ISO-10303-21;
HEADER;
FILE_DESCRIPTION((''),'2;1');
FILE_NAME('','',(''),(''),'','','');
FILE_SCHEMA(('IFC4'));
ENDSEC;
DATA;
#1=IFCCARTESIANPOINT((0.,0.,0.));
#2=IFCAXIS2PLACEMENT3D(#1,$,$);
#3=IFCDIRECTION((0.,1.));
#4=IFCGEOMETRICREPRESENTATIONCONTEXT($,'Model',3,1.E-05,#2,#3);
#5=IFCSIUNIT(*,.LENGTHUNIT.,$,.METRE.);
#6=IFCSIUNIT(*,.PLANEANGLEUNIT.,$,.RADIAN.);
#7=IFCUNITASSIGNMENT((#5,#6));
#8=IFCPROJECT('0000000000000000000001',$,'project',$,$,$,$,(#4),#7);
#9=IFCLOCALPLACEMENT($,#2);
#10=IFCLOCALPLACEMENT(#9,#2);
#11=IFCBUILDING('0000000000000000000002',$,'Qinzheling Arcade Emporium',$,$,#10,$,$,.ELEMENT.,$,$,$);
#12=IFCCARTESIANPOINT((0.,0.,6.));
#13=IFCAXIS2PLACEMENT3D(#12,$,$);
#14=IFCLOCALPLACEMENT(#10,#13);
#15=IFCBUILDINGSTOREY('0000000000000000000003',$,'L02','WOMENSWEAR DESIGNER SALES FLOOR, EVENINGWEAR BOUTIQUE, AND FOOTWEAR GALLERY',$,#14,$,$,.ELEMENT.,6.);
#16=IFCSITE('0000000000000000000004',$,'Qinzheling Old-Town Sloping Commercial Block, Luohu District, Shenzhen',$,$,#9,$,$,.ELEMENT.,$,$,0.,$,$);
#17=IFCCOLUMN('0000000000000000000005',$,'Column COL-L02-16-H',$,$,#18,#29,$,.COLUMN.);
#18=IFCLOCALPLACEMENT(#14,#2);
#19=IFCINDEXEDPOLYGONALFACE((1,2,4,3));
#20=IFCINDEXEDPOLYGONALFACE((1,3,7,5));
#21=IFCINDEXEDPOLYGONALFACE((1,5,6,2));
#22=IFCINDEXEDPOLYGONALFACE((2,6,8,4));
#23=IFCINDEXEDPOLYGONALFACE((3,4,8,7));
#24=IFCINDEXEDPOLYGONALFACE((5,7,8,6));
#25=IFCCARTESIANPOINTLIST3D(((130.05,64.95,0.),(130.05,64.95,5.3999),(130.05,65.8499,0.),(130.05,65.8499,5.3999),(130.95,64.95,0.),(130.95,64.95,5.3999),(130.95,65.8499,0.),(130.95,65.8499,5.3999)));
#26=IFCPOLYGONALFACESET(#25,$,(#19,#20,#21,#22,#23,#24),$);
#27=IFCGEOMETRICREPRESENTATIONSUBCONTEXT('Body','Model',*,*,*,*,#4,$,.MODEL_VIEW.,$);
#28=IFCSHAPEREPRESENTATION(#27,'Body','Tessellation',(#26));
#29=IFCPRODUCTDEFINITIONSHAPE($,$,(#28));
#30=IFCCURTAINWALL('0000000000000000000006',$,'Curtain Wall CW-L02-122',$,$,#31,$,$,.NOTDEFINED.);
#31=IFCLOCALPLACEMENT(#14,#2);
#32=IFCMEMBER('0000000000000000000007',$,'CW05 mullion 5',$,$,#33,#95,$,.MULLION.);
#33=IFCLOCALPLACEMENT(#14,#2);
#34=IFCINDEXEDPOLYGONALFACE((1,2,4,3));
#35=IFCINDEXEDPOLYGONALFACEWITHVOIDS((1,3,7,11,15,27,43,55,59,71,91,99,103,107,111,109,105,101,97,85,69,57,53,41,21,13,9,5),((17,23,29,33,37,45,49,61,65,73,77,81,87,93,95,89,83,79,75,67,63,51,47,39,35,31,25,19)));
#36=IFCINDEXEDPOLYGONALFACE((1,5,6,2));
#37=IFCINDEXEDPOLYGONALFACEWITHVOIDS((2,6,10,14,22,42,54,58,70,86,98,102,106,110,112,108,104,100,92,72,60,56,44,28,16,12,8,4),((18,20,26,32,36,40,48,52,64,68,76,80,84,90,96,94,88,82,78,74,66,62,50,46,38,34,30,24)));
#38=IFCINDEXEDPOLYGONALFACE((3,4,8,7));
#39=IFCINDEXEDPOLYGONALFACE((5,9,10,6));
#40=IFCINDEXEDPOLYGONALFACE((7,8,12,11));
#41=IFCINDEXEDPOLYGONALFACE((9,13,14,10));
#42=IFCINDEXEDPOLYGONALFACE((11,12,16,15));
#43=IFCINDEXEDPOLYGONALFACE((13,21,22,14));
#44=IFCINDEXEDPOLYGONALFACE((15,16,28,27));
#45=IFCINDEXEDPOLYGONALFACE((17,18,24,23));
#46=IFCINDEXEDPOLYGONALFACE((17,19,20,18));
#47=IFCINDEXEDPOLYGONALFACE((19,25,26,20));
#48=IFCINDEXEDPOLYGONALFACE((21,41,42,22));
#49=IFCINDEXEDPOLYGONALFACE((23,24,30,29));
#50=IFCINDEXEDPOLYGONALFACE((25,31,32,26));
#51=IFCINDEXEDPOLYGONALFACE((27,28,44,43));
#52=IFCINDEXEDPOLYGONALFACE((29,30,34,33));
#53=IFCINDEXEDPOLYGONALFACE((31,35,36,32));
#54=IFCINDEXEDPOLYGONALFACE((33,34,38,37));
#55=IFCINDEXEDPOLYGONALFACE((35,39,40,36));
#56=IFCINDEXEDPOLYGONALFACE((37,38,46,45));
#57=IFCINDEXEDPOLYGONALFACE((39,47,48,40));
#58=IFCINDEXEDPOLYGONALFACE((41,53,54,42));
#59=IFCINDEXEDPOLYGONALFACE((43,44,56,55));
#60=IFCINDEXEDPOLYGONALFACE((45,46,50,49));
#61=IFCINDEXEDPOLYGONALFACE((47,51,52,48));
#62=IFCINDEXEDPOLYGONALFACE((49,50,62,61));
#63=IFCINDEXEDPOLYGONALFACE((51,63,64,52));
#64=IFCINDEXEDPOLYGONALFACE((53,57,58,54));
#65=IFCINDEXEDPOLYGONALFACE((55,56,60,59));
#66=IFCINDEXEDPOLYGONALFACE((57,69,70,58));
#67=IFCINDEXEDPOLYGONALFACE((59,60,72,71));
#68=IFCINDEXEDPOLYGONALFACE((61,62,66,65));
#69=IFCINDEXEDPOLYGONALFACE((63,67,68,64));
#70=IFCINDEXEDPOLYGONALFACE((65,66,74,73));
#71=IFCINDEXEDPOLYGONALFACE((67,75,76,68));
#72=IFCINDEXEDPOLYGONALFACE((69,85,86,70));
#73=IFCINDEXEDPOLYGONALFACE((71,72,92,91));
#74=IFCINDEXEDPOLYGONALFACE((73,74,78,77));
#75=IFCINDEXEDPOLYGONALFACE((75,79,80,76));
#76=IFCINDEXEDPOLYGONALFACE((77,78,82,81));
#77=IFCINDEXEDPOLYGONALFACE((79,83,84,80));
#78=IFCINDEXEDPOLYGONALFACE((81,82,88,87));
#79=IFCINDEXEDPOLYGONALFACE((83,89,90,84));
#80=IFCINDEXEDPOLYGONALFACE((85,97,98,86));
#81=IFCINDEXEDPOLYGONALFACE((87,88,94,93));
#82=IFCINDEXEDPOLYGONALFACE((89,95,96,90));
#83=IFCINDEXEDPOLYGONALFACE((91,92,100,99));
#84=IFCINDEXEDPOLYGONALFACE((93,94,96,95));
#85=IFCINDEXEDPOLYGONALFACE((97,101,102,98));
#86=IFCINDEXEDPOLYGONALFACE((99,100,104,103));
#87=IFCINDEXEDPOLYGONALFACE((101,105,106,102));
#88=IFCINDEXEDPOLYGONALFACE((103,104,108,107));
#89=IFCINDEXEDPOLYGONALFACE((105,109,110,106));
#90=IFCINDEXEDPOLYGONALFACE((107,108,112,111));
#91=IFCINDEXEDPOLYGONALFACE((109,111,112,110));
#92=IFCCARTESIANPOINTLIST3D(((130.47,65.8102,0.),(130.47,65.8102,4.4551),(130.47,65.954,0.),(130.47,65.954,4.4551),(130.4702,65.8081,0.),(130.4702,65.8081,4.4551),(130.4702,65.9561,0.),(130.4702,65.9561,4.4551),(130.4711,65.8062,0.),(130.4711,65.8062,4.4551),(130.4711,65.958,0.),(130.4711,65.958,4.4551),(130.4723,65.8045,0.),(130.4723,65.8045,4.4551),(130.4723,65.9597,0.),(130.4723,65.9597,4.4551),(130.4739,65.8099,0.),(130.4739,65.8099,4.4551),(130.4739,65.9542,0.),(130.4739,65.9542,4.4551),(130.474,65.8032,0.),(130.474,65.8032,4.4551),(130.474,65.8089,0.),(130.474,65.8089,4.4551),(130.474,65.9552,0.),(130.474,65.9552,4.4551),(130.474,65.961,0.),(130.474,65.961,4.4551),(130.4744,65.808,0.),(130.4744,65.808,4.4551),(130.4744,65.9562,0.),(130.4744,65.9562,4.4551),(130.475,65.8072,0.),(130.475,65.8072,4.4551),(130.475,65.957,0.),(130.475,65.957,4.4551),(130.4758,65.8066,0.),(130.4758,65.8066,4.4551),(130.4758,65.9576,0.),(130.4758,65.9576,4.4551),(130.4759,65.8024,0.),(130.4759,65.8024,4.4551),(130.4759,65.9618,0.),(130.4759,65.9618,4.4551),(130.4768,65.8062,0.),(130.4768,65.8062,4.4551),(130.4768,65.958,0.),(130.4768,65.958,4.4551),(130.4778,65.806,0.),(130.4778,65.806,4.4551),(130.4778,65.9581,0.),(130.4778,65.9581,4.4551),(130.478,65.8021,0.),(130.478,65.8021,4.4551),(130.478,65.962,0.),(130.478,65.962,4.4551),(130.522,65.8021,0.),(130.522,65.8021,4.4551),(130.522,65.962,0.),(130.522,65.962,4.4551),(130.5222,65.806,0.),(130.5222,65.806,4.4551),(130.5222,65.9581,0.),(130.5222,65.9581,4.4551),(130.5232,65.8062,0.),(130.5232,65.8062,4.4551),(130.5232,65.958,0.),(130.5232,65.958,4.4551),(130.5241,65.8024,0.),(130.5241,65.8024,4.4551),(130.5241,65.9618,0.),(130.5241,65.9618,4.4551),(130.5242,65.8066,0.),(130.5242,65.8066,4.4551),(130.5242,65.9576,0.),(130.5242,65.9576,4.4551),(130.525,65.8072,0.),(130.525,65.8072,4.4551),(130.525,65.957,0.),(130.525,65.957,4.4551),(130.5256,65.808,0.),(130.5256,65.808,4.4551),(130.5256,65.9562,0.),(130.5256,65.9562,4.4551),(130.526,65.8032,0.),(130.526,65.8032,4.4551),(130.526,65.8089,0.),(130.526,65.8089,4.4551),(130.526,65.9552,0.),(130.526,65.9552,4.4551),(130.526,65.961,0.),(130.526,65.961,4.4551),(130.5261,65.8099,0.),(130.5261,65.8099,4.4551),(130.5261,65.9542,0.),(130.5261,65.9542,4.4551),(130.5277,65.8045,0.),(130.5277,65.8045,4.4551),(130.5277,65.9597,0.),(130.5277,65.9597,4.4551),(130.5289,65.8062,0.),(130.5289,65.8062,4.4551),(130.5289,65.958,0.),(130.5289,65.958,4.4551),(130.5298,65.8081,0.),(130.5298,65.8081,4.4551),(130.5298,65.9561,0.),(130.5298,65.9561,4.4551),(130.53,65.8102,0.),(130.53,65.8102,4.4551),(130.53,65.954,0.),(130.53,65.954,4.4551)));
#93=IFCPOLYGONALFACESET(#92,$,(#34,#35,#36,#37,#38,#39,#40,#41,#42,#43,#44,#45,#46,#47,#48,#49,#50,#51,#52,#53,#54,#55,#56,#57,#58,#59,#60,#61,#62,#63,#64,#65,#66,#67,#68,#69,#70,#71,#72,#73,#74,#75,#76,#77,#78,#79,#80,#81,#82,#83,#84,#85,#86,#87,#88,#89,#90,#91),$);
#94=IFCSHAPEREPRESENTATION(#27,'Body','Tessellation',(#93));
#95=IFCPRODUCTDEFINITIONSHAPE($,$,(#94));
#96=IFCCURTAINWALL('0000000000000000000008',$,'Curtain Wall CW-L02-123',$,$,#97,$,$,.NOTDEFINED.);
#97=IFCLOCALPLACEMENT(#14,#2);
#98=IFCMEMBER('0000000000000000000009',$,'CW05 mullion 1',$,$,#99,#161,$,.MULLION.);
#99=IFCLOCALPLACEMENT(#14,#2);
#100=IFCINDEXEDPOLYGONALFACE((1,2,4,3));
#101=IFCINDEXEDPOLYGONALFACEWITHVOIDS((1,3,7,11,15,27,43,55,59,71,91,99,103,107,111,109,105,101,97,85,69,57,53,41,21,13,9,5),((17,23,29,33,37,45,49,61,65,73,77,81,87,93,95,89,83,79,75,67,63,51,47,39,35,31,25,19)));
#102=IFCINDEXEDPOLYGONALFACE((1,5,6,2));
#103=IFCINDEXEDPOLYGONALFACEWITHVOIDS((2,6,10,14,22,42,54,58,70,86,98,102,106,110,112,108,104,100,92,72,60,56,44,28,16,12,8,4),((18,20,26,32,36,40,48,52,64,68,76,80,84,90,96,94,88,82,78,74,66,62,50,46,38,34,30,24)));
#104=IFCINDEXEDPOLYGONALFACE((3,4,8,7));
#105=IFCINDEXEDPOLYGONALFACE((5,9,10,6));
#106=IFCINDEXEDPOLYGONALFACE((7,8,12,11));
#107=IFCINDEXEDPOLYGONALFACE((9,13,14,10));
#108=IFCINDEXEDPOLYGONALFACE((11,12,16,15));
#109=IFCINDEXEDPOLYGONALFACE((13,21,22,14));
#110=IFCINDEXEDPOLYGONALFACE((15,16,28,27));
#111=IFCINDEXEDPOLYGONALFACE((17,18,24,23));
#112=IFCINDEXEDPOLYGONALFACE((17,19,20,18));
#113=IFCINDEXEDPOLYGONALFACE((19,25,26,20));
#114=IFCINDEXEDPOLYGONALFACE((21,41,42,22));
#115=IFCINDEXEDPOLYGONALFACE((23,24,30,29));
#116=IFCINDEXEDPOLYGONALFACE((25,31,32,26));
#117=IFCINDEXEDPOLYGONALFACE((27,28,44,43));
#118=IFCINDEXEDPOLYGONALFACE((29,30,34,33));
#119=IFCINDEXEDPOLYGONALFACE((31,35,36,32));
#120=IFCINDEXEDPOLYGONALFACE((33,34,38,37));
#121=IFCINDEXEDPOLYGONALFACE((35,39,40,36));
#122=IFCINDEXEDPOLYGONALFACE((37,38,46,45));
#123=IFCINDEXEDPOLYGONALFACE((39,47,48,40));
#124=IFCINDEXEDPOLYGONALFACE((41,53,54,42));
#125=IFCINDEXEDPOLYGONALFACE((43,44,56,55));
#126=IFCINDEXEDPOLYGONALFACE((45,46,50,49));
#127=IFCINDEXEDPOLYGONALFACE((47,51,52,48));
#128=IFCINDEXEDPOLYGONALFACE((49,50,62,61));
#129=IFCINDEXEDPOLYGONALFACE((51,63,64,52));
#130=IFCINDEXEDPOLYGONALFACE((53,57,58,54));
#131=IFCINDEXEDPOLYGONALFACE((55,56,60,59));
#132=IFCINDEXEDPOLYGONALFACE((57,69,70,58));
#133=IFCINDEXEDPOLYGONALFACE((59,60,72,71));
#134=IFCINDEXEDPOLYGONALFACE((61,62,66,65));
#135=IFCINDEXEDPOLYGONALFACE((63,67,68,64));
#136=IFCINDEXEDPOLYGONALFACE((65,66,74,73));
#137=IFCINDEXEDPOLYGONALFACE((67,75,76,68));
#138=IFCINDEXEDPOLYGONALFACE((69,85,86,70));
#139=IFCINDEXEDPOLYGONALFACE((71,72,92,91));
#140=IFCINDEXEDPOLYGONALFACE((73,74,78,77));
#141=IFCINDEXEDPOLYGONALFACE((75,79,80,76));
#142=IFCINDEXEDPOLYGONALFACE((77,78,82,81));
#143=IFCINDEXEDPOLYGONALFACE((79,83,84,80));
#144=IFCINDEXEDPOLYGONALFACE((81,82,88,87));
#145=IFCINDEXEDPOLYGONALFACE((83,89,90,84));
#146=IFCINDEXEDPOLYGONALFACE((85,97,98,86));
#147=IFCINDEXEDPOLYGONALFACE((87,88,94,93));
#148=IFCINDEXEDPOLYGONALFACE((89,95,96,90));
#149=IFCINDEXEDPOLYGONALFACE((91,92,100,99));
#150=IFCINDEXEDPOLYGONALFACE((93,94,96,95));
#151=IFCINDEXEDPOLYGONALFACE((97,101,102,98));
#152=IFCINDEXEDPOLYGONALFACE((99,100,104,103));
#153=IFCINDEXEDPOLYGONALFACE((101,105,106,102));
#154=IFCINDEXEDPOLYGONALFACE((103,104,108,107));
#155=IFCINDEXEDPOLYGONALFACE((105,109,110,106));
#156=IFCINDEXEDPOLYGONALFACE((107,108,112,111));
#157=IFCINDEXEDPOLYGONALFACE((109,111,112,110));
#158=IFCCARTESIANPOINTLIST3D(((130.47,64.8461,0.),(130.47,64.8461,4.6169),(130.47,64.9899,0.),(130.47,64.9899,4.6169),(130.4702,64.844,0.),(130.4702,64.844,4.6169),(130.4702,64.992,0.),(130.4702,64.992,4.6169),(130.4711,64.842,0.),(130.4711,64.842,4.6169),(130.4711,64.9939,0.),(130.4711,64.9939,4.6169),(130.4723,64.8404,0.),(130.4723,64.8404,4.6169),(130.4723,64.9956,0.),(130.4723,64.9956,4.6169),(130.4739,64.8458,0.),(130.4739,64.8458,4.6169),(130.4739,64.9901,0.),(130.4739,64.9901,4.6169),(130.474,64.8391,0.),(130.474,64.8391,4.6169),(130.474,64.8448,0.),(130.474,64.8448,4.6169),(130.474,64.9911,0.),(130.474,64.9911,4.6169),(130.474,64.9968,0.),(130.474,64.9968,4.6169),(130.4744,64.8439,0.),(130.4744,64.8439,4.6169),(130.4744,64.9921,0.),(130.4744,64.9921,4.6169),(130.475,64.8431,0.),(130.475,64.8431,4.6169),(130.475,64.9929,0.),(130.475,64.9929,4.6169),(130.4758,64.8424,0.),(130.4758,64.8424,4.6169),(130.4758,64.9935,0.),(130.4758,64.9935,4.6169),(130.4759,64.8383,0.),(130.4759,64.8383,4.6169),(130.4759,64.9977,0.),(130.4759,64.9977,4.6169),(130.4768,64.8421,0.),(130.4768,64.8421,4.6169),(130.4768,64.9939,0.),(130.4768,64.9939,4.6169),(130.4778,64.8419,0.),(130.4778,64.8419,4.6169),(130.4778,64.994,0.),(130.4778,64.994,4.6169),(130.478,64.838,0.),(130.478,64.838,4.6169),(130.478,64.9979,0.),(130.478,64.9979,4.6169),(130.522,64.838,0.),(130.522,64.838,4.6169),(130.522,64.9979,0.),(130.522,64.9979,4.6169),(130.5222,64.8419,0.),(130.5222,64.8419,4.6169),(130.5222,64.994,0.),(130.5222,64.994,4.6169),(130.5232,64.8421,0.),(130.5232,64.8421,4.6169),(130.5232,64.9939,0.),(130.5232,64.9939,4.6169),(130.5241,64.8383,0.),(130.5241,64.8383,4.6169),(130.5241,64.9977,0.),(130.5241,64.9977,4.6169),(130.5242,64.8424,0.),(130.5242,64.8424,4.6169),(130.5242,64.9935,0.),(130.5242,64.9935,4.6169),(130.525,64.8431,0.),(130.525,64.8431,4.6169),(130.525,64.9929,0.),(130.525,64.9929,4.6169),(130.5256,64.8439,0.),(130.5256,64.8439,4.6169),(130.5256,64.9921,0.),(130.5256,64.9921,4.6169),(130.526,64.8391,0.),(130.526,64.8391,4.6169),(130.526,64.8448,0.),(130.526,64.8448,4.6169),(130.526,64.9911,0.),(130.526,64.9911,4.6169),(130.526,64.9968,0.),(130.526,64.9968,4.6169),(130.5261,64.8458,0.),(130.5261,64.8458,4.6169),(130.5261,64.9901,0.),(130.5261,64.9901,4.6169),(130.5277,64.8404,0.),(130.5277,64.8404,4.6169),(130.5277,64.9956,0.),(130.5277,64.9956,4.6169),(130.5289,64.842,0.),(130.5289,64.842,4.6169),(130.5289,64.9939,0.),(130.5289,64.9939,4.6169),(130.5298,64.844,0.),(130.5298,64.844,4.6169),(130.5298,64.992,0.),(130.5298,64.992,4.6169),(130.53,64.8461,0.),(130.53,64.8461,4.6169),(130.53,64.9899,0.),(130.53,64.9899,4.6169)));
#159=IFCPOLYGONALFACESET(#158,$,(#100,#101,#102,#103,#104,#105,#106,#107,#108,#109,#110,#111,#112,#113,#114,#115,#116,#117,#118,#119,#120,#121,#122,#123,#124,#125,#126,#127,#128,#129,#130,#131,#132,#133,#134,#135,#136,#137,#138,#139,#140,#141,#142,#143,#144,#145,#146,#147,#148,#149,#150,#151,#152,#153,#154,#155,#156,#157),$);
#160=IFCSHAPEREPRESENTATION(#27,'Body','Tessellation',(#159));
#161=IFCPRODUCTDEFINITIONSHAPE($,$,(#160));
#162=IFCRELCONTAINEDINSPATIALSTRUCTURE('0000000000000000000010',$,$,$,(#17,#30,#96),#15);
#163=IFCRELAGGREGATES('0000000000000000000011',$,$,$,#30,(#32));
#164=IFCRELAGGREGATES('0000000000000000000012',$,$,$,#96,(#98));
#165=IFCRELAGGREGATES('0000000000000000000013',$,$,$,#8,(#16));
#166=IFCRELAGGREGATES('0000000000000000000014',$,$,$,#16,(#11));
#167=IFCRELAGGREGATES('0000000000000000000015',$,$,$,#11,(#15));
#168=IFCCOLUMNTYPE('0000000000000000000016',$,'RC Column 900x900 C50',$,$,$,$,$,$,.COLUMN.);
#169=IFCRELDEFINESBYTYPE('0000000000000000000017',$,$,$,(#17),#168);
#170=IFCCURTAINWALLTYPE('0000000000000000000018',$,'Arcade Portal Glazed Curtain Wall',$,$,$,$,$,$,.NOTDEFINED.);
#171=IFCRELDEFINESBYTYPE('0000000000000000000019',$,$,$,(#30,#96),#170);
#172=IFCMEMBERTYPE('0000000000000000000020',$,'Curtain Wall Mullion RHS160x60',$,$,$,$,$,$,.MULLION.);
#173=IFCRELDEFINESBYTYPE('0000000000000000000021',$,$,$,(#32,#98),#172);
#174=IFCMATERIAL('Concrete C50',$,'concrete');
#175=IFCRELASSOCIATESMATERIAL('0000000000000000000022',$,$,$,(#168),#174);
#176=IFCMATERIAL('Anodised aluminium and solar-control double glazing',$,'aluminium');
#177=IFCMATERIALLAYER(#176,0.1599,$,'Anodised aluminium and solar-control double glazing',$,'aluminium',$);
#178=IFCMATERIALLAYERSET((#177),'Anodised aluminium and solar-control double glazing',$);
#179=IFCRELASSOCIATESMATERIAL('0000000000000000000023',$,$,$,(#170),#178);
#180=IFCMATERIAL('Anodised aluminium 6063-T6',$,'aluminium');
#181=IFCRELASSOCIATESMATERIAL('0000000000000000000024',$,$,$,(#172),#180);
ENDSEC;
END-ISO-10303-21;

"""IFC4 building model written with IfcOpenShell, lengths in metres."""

from ifc_helpers import new_model, si_unit, direction, frame, origin, origin_2d, place, context, subcontext, project, spatial, rectangle, hollow_rectangle, extrude, material, layer, layer_set, material_profile, profile_set, type_object, element, aggregate, save


model = new_model("IFC4")

# Units and contexts
model_context = context("Model", 3, precision=1e-05, world=origin(), true_north=direction((0.0, 1.0)))
body_context = subcontext(model_context, "Body", "Model", "MODEL_VIEW")
ifc_project = project(units=[si_unit("LENGTHUNIT", "METRE"), si_unit("PLANEANGLEUNIT", "RADIAN")], contexts=[model_context])

# Site, building, storey
site_placement = place(None, origin())
site = spatial("IfcSite", under=ifc_project, at=site_placement, Name="Qinzheling Old-Town Sloping Commercial Block, Luohu District, Shenzhen", CompositionType="ELEMENT", RefElevation=0.0)
building_placement = place(site_placement, origin())
building = spatial("IfcBuilding", under=site, at=building_placement, Name="Qinzheling Arcade Emporium", CompositionType="ELEMENT")
storey_placement = place(building_placement, frame((0.0, 0.0, 6.0)))
storey = spatial("IfcBuildingStorey", under=building, at=storey_placement, Name="L02", Description="WOMENSWEAR DESIGNER SALES FLOOR, EVENINGWEAR BOUTIQUE, AND FOOTWEAR GALLERY", CompositionType="ELEMENT", Elevation=6.0)

# Column
ifc_material_1 = material(Name="Concrete C50", Category="concrete")
ifc_material_profile_1 = material_profile(ifc_material_1, rectangle(XDim=0.8999, YDim=0.8999, at=origin_2d()), Name="RC 900x900", Category="concrete")
ifc_profile_set_1 = profile_set([ifc_material_profile_1], Name="Concrete C50")
column_type = type_object("IfcColumnType", Name="RC Column 900x900 C50", PredefinedType="COLUMN", material=ifc_profile_set_1)
column_placement = place(storey_placement, frame((130.5, 65.3999, 0.0), z_axis=(0.0, 0.0, 1.0), x_axis=(1.0, 0.0, 0.0)))
element("IfcColumn", 1, at=column_placement, inside=storey, type_object=column_type, Name="Column COL-L02-16-H", PredefinedType="COLUMN", context=body_context, shape_type="SweptSolid", body=[
    extrude(rectangle(XDim=0.8999, YDim=0.8999, at=origin_2d()), origin(), (0.0, 0.0, 1.0), 5.3999),
])

# Curtain wall, member
ifc_material_2 = material(Name="Anodised aluminium and solar-control double glazing", Category="aluminium")
ifc_layer_1 = layer(ifc_material_2, 0.1599, Name="Anodised aluminium and solar-control double glazing", Category="aluminium")
ifc_layer_set_1 = layer_set([ifc_layer_1], Name="Anodised aluminium and solar-control double glazing")
curtain_wall_type = type_object("IfcCurtainWallType", Name="Arcade Portal Glazed Curtain Wall", PredefinedType="NOTDEFINED", material=ifc_layer_set_1)
curtain_wall_1_placement = place(storey_placement, origin())
curtain_wall_1 = element("IfcCurtainWall", 2, at=curtain_wall_1_placement, inside=storey, type_object=curtain_wall_type, Name="Curtain Wall CW-L02-122", PredefinedType="NOTDEFINED")
ifc_material_3 = material(Name="Anodised aluminium 6063-T6", Category="aluminium")
ifc_material_profile_2 = material_profile(ifc_material_3, hollow_rectangle(XDim=0.0601, YDim=0.1599, WallThickness=0.0039, InnerFilletRadius=0.0039, OuterFilletRadius=0.0081, at=origin_2d()), Name="RHS 160x60x4", Category="aluminium")
ifc_profile_set_2 = profile_set([ifc_material_profile_2], Name="Anodised aluminium 6063-T6")
member_type_1 = type_object("IfcMemberType", Name="Curtain Wall Mullion RHS160x60", PredefinedType="MULLION", material=ifc_profile_set_2)
member_1_placement = place(storey_placement, frame((130.5, 65.8821, 0.0), z_axis=(0.0, 0.0, 1.0), x_axis=(1.0, 0.0, 0.0)))
member_1 = element("IfcMember", 3, at=member_1_placement, type_object=member_type_1, Name="CW05 mullion 5", PredefinedType="MULLION", context=body_context, shape_type="SweptSolid", body=[
    extrude(hollow_rectangle(XDim=0.0601, YDim=0.1599, WallThickness=0.0039, InnerFilletRadius=0.0039, OuterFilletRadius=0.0081, at=origin_2d()), origin(), (0.0, 0.0, 1.0), 4.4551),
])

# Curtain wall, member
curtain_wall_2_placement = place(storey_placement, origin())
curtain_wall_2 = element("IfcCurtainWall", 4, at=curtain_wall_2_placement, inside=storey, type_object=curtain_wall_type, Name="Curtain Wall CW-L02-123", PredefinedType="NOTDEFINED")
member_2_placement = place(storey_placement, frame((130.5, 64.918, 0.0), z_axis=(0.0, 0.0, 1.0), x_axis=(1.0, 0.0, 0.0)))
member_2 = element("IfcMember", 5, at=member_2_placement, type_object=member_type_1, Name="CW05 mullion 1", PredefinedType="MULLION", context=body_context, shape_type="SweptSolid", body=[
    extrude(hollow_rectangle(XDim=0.0601, YDim=0.1599, WallThickness=0.0039, InnerFilletRadius=0.0039, OuterFilletRadius=0.0081, at=origin_2d()), origin(), (0.0, 0.0, 1.0), 4.6169),
])

aggregate(curtain_wall_1, [member_1])
aggregate(curtain_wall_2, [member_2])

save(model, "model.ifc")
